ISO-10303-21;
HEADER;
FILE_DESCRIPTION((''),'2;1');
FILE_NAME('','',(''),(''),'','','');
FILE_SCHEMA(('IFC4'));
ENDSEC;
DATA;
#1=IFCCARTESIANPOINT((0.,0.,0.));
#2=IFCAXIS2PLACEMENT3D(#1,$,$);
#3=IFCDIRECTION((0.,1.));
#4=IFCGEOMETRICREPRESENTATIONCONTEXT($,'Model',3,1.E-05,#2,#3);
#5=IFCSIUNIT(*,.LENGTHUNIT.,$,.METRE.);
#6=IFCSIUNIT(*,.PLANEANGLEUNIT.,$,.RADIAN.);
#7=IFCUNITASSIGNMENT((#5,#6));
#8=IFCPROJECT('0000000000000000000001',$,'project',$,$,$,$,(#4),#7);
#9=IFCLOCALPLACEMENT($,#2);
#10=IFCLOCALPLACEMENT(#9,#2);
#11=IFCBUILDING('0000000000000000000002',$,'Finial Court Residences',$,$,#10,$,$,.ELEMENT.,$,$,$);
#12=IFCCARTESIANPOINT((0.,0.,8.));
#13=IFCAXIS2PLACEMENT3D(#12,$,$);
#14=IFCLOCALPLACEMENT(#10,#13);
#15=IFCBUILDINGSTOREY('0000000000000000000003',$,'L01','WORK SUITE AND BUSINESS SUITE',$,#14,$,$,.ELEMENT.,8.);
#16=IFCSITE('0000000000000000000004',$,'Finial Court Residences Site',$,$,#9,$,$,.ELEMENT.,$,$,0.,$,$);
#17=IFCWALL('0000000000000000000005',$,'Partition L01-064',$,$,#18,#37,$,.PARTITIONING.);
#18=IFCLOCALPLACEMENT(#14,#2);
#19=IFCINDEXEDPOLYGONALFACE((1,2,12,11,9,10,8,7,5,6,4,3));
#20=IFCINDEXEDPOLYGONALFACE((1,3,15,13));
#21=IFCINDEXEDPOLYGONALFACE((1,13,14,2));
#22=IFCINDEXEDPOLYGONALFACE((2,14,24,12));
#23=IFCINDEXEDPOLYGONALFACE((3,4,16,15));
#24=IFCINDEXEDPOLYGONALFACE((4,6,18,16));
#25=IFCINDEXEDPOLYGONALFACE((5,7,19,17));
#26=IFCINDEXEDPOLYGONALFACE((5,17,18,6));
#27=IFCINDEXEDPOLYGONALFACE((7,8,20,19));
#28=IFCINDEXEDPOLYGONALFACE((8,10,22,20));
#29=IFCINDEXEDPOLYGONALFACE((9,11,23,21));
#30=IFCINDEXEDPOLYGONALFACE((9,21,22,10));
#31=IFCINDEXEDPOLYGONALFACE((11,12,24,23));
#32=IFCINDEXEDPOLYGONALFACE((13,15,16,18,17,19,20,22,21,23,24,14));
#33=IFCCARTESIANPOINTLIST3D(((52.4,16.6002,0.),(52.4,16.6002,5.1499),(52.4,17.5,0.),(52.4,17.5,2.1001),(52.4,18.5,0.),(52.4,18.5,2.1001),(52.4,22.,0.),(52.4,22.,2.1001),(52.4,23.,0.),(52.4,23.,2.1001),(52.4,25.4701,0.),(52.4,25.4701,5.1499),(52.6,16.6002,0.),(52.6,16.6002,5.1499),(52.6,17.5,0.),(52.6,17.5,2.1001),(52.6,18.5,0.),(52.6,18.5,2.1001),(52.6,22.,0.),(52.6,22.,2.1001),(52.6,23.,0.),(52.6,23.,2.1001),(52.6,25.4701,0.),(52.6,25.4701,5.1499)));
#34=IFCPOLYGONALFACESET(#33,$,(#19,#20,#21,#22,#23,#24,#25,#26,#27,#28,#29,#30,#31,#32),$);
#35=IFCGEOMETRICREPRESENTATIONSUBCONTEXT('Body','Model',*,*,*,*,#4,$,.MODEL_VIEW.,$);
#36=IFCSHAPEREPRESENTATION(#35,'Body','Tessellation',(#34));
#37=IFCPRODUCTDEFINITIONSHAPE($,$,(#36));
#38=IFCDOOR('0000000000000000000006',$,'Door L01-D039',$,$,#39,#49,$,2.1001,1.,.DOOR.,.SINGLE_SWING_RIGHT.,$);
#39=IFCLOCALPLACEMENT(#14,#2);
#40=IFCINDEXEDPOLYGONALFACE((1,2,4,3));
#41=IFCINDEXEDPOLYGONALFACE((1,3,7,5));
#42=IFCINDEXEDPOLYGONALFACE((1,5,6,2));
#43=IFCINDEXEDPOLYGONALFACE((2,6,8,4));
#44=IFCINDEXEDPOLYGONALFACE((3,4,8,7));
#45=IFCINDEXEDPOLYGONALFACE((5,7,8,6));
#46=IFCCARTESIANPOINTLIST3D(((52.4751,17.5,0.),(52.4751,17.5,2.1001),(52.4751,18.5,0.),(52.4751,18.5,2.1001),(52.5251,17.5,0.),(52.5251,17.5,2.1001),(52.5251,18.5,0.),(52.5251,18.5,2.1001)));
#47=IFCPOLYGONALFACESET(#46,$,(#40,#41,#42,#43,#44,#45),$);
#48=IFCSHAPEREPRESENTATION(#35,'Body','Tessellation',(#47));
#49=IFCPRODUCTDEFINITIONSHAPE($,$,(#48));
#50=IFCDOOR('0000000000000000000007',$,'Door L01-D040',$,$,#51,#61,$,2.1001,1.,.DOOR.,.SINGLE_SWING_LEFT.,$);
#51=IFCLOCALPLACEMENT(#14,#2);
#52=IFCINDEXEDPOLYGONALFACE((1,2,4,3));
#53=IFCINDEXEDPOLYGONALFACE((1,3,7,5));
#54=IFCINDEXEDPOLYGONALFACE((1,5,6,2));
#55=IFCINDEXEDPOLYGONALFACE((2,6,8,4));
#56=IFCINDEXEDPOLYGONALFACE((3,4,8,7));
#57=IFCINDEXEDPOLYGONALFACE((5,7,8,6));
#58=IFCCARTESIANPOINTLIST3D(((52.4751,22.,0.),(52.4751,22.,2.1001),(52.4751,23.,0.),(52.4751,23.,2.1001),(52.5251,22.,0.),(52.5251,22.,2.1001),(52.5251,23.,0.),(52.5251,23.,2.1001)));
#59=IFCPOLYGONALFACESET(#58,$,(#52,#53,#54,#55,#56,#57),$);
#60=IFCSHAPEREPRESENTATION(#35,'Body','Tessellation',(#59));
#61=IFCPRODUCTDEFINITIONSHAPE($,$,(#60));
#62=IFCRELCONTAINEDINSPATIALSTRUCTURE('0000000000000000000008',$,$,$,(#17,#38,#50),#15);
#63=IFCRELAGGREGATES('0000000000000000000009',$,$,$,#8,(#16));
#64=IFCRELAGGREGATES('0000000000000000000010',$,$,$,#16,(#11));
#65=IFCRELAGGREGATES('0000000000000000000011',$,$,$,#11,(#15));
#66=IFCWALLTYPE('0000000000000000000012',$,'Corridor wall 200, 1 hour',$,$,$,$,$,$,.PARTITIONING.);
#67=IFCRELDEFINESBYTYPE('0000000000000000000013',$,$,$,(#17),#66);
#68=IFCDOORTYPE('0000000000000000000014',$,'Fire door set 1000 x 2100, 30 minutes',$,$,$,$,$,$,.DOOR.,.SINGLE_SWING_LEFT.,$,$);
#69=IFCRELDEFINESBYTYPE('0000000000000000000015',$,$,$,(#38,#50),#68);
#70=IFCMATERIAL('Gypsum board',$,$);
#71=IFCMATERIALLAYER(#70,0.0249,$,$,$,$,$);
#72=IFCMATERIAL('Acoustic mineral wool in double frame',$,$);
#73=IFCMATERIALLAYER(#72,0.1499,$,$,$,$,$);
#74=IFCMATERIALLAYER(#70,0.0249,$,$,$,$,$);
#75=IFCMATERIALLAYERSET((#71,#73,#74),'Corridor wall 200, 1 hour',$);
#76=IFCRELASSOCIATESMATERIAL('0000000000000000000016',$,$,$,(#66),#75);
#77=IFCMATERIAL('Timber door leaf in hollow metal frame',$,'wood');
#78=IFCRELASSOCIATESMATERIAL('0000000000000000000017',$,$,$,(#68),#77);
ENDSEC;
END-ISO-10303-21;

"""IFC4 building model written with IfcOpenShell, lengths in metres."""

from ifc_helpers import new_model, si_unit, direction, frame, frame_2d, origin, place, context, subcontext, project, spatial, rectangle, extrude, material, layer, layer_set, type_object, element, fill, save


model = new_model("IFC4")

# Units and contexts
model_context = context("Model", 3, precision=1e-05, world=origin(), true_north=direction((0.0, 1.0)))
body_context = subcontext(model_context, "Body", "Model", "MODEL_VIEW")
ifc_project = project(units=[si_unit("LENGTHUNIT", "METRE"), si_unit("PLANEANGLEUNIT", "RADIAN")], contexts=[model_context])

# Site, building, storey
site_placement = place(None, origin())
site = spatial("IfcSite", under=ifc_project, at=site_placement, Name="Finial Court Residences Site", CompositionType="ELEMENT", RefElevation=0.0)
building_placement = place(site_placement, origin())
building = spatial("IfcBuilding", under=site, at=building_placement, Name="Finial Court Residences", CompositionType="ELEMENT")
storey_placement = place(building_placement, frame((0.0, 0.0, 8.0)))
storey = spatial("IfcBuildingStorey", under=building, at=storey_placement, Name="L01", Description="WORK SUITE AND BUSINESS SUITE", CompositionType="ELEMENT", Elevation=8.0)

# Shared definitions
ifc_material_1 = material(Name="Gypsum board")
ifc_layer_1 = layer(ifc_material_1, 0.0249)
ifc_material_2 = material(Name="Acoustic mineral wool in double frame")
ifc_layer_2 = layer(ifc_material_2, 0.1499)
ifc_layer_3 = layer(ifc_material_1, 0.0249)
ifc_layer_set_1 = layer_set([ifc_layer_1, ifc_layer_2, ifc_layer_3], Name="Corridor wall 200, 1 hour")
wall_type = type_object("IfcWallType", Name="Corridor wall 200, 1 hour", PredefinedType="PARTITIONING", material=ifc_layer_set_1)

# Wall, openings, doors
wall_1_placement = place(storey_placement, frame((52.5, 16.6001, 0.0), z_axis=(0.0, 0.0, 1.0), x_axis=(0.0, 1.0, 0.0)))
wall_1 = element("IfcWall", 1, at=wall_1_placement, inside=storey, type_object=wall_type, Name="Partition L01-064", PredefinedType="PARTITIONING", context=body_context, shape_type="SweptSolid", body=[
    extrude(rectangle(XDim=8.8699, YDim=0.2, at=frame_2d((4.4351, 0.0))), origin(), (0.0, 0.0, 1.0), 5.1499),
])
opening_1_placement = place(wall_1_placement, frame((0.8999, 0.0, 0.0)))
opening_1 = element("IfcOpeningElement", 2, at=opening_1_placement, cuts=wall_1, PredefinedType="OPENING", context=body_context, shape_type="SweptSolid", body=[
    extrude(rectangle(XDim=1.0, YDim=2.1001, at=frame_2d((0.5, 1.05))), frame((0.0, 0.1099, 0.0), z_axis=(0.0, -1.0, 0.0), x_axis=(1.0, 0.0, 0.0)), (0.0, 0.0, 1.0), 0.22),
])
opening_2_placement = place(wall_1_placement, frame((5.3999, 0.0, 0.0)))
opening_2 = element("IfcOpeningElement", 3, at=opening_2_placement, cuts=wall_1, PredefinedType="OPENING", context=body_context, shape_type="SweptSolid", body=[
    extrude(rectangle(XDim=1.0, YDim=2.1001, at=frame_2d((0.5, 1.05))), frame((0.0, 0.1099, 0.0), z_axis=(0.0, -1.0, 0.0), x_axis=(1.0, 0.0, 0.0)), (0.0, 0.0, 1.0), 0.22),
])
ifc_material_3 = material(Name="Timber door leaf in hollow metal frame", Category="wood")
door_type = type_object("IfcDoorType", Name="Fire door set 1000 x 2100, 30 minutes", OperationType="SINGLE_SWING_LEFT", PredefinedType="DOOR", material=ifc_material_3)
door_1_placement = place(opening_1_placement, origin())
door_1 = element("IfcDoor", 4, at=door_1_placement, inside=storey, type_object=door_type, Name="Door L01-D039", OperationType="SINGLE_SWING_RIGHT", OverallHeight=2.1001, OverallWidth=1.0, PredefinedType="DOOR", context=body_context, shape_type="SweptSolid", body=[
    extrude(rectangle(XDim=1.0, YDim=2.1001, at=frame_2d((0.5, 1.05))), frame((0.0, 0.0249, 0.0), z_axis=(0.0, -1.0, 0.0), x_axis=(1.0, 0.0, 0.0)), (0.0, 0.0, 1.0), 0.05),
])
fill(opening_1, door_1)
door_2_placement = place(opening_2_placement, origin())
door_2 = element("IfcDoor", 5, at=door_2_placement, inside=storey, type_object=door_type, Name="Door L01-D040", OperationType="SINGLE_SWING_LEFT", OverallHeight=2.1001, OverallWidth=1.0, PredefinedType="DOOR", context=body_context, shape_type="SweptSolid", body=[
    extrude(rectangle(XDim=1.0, YDim=2.1001, at=frame_2d((0.5, 1.05))), frame((0.0, 0.0249, 0.0), z_axis=(0.0, -1.0, 0.0), x_axis=(1.0, 0.0, 0.0)), (0.0, 0.0, 1.0), 0.05),
])
fill(opening_2, door_2)

save(model, "model.ifc")
